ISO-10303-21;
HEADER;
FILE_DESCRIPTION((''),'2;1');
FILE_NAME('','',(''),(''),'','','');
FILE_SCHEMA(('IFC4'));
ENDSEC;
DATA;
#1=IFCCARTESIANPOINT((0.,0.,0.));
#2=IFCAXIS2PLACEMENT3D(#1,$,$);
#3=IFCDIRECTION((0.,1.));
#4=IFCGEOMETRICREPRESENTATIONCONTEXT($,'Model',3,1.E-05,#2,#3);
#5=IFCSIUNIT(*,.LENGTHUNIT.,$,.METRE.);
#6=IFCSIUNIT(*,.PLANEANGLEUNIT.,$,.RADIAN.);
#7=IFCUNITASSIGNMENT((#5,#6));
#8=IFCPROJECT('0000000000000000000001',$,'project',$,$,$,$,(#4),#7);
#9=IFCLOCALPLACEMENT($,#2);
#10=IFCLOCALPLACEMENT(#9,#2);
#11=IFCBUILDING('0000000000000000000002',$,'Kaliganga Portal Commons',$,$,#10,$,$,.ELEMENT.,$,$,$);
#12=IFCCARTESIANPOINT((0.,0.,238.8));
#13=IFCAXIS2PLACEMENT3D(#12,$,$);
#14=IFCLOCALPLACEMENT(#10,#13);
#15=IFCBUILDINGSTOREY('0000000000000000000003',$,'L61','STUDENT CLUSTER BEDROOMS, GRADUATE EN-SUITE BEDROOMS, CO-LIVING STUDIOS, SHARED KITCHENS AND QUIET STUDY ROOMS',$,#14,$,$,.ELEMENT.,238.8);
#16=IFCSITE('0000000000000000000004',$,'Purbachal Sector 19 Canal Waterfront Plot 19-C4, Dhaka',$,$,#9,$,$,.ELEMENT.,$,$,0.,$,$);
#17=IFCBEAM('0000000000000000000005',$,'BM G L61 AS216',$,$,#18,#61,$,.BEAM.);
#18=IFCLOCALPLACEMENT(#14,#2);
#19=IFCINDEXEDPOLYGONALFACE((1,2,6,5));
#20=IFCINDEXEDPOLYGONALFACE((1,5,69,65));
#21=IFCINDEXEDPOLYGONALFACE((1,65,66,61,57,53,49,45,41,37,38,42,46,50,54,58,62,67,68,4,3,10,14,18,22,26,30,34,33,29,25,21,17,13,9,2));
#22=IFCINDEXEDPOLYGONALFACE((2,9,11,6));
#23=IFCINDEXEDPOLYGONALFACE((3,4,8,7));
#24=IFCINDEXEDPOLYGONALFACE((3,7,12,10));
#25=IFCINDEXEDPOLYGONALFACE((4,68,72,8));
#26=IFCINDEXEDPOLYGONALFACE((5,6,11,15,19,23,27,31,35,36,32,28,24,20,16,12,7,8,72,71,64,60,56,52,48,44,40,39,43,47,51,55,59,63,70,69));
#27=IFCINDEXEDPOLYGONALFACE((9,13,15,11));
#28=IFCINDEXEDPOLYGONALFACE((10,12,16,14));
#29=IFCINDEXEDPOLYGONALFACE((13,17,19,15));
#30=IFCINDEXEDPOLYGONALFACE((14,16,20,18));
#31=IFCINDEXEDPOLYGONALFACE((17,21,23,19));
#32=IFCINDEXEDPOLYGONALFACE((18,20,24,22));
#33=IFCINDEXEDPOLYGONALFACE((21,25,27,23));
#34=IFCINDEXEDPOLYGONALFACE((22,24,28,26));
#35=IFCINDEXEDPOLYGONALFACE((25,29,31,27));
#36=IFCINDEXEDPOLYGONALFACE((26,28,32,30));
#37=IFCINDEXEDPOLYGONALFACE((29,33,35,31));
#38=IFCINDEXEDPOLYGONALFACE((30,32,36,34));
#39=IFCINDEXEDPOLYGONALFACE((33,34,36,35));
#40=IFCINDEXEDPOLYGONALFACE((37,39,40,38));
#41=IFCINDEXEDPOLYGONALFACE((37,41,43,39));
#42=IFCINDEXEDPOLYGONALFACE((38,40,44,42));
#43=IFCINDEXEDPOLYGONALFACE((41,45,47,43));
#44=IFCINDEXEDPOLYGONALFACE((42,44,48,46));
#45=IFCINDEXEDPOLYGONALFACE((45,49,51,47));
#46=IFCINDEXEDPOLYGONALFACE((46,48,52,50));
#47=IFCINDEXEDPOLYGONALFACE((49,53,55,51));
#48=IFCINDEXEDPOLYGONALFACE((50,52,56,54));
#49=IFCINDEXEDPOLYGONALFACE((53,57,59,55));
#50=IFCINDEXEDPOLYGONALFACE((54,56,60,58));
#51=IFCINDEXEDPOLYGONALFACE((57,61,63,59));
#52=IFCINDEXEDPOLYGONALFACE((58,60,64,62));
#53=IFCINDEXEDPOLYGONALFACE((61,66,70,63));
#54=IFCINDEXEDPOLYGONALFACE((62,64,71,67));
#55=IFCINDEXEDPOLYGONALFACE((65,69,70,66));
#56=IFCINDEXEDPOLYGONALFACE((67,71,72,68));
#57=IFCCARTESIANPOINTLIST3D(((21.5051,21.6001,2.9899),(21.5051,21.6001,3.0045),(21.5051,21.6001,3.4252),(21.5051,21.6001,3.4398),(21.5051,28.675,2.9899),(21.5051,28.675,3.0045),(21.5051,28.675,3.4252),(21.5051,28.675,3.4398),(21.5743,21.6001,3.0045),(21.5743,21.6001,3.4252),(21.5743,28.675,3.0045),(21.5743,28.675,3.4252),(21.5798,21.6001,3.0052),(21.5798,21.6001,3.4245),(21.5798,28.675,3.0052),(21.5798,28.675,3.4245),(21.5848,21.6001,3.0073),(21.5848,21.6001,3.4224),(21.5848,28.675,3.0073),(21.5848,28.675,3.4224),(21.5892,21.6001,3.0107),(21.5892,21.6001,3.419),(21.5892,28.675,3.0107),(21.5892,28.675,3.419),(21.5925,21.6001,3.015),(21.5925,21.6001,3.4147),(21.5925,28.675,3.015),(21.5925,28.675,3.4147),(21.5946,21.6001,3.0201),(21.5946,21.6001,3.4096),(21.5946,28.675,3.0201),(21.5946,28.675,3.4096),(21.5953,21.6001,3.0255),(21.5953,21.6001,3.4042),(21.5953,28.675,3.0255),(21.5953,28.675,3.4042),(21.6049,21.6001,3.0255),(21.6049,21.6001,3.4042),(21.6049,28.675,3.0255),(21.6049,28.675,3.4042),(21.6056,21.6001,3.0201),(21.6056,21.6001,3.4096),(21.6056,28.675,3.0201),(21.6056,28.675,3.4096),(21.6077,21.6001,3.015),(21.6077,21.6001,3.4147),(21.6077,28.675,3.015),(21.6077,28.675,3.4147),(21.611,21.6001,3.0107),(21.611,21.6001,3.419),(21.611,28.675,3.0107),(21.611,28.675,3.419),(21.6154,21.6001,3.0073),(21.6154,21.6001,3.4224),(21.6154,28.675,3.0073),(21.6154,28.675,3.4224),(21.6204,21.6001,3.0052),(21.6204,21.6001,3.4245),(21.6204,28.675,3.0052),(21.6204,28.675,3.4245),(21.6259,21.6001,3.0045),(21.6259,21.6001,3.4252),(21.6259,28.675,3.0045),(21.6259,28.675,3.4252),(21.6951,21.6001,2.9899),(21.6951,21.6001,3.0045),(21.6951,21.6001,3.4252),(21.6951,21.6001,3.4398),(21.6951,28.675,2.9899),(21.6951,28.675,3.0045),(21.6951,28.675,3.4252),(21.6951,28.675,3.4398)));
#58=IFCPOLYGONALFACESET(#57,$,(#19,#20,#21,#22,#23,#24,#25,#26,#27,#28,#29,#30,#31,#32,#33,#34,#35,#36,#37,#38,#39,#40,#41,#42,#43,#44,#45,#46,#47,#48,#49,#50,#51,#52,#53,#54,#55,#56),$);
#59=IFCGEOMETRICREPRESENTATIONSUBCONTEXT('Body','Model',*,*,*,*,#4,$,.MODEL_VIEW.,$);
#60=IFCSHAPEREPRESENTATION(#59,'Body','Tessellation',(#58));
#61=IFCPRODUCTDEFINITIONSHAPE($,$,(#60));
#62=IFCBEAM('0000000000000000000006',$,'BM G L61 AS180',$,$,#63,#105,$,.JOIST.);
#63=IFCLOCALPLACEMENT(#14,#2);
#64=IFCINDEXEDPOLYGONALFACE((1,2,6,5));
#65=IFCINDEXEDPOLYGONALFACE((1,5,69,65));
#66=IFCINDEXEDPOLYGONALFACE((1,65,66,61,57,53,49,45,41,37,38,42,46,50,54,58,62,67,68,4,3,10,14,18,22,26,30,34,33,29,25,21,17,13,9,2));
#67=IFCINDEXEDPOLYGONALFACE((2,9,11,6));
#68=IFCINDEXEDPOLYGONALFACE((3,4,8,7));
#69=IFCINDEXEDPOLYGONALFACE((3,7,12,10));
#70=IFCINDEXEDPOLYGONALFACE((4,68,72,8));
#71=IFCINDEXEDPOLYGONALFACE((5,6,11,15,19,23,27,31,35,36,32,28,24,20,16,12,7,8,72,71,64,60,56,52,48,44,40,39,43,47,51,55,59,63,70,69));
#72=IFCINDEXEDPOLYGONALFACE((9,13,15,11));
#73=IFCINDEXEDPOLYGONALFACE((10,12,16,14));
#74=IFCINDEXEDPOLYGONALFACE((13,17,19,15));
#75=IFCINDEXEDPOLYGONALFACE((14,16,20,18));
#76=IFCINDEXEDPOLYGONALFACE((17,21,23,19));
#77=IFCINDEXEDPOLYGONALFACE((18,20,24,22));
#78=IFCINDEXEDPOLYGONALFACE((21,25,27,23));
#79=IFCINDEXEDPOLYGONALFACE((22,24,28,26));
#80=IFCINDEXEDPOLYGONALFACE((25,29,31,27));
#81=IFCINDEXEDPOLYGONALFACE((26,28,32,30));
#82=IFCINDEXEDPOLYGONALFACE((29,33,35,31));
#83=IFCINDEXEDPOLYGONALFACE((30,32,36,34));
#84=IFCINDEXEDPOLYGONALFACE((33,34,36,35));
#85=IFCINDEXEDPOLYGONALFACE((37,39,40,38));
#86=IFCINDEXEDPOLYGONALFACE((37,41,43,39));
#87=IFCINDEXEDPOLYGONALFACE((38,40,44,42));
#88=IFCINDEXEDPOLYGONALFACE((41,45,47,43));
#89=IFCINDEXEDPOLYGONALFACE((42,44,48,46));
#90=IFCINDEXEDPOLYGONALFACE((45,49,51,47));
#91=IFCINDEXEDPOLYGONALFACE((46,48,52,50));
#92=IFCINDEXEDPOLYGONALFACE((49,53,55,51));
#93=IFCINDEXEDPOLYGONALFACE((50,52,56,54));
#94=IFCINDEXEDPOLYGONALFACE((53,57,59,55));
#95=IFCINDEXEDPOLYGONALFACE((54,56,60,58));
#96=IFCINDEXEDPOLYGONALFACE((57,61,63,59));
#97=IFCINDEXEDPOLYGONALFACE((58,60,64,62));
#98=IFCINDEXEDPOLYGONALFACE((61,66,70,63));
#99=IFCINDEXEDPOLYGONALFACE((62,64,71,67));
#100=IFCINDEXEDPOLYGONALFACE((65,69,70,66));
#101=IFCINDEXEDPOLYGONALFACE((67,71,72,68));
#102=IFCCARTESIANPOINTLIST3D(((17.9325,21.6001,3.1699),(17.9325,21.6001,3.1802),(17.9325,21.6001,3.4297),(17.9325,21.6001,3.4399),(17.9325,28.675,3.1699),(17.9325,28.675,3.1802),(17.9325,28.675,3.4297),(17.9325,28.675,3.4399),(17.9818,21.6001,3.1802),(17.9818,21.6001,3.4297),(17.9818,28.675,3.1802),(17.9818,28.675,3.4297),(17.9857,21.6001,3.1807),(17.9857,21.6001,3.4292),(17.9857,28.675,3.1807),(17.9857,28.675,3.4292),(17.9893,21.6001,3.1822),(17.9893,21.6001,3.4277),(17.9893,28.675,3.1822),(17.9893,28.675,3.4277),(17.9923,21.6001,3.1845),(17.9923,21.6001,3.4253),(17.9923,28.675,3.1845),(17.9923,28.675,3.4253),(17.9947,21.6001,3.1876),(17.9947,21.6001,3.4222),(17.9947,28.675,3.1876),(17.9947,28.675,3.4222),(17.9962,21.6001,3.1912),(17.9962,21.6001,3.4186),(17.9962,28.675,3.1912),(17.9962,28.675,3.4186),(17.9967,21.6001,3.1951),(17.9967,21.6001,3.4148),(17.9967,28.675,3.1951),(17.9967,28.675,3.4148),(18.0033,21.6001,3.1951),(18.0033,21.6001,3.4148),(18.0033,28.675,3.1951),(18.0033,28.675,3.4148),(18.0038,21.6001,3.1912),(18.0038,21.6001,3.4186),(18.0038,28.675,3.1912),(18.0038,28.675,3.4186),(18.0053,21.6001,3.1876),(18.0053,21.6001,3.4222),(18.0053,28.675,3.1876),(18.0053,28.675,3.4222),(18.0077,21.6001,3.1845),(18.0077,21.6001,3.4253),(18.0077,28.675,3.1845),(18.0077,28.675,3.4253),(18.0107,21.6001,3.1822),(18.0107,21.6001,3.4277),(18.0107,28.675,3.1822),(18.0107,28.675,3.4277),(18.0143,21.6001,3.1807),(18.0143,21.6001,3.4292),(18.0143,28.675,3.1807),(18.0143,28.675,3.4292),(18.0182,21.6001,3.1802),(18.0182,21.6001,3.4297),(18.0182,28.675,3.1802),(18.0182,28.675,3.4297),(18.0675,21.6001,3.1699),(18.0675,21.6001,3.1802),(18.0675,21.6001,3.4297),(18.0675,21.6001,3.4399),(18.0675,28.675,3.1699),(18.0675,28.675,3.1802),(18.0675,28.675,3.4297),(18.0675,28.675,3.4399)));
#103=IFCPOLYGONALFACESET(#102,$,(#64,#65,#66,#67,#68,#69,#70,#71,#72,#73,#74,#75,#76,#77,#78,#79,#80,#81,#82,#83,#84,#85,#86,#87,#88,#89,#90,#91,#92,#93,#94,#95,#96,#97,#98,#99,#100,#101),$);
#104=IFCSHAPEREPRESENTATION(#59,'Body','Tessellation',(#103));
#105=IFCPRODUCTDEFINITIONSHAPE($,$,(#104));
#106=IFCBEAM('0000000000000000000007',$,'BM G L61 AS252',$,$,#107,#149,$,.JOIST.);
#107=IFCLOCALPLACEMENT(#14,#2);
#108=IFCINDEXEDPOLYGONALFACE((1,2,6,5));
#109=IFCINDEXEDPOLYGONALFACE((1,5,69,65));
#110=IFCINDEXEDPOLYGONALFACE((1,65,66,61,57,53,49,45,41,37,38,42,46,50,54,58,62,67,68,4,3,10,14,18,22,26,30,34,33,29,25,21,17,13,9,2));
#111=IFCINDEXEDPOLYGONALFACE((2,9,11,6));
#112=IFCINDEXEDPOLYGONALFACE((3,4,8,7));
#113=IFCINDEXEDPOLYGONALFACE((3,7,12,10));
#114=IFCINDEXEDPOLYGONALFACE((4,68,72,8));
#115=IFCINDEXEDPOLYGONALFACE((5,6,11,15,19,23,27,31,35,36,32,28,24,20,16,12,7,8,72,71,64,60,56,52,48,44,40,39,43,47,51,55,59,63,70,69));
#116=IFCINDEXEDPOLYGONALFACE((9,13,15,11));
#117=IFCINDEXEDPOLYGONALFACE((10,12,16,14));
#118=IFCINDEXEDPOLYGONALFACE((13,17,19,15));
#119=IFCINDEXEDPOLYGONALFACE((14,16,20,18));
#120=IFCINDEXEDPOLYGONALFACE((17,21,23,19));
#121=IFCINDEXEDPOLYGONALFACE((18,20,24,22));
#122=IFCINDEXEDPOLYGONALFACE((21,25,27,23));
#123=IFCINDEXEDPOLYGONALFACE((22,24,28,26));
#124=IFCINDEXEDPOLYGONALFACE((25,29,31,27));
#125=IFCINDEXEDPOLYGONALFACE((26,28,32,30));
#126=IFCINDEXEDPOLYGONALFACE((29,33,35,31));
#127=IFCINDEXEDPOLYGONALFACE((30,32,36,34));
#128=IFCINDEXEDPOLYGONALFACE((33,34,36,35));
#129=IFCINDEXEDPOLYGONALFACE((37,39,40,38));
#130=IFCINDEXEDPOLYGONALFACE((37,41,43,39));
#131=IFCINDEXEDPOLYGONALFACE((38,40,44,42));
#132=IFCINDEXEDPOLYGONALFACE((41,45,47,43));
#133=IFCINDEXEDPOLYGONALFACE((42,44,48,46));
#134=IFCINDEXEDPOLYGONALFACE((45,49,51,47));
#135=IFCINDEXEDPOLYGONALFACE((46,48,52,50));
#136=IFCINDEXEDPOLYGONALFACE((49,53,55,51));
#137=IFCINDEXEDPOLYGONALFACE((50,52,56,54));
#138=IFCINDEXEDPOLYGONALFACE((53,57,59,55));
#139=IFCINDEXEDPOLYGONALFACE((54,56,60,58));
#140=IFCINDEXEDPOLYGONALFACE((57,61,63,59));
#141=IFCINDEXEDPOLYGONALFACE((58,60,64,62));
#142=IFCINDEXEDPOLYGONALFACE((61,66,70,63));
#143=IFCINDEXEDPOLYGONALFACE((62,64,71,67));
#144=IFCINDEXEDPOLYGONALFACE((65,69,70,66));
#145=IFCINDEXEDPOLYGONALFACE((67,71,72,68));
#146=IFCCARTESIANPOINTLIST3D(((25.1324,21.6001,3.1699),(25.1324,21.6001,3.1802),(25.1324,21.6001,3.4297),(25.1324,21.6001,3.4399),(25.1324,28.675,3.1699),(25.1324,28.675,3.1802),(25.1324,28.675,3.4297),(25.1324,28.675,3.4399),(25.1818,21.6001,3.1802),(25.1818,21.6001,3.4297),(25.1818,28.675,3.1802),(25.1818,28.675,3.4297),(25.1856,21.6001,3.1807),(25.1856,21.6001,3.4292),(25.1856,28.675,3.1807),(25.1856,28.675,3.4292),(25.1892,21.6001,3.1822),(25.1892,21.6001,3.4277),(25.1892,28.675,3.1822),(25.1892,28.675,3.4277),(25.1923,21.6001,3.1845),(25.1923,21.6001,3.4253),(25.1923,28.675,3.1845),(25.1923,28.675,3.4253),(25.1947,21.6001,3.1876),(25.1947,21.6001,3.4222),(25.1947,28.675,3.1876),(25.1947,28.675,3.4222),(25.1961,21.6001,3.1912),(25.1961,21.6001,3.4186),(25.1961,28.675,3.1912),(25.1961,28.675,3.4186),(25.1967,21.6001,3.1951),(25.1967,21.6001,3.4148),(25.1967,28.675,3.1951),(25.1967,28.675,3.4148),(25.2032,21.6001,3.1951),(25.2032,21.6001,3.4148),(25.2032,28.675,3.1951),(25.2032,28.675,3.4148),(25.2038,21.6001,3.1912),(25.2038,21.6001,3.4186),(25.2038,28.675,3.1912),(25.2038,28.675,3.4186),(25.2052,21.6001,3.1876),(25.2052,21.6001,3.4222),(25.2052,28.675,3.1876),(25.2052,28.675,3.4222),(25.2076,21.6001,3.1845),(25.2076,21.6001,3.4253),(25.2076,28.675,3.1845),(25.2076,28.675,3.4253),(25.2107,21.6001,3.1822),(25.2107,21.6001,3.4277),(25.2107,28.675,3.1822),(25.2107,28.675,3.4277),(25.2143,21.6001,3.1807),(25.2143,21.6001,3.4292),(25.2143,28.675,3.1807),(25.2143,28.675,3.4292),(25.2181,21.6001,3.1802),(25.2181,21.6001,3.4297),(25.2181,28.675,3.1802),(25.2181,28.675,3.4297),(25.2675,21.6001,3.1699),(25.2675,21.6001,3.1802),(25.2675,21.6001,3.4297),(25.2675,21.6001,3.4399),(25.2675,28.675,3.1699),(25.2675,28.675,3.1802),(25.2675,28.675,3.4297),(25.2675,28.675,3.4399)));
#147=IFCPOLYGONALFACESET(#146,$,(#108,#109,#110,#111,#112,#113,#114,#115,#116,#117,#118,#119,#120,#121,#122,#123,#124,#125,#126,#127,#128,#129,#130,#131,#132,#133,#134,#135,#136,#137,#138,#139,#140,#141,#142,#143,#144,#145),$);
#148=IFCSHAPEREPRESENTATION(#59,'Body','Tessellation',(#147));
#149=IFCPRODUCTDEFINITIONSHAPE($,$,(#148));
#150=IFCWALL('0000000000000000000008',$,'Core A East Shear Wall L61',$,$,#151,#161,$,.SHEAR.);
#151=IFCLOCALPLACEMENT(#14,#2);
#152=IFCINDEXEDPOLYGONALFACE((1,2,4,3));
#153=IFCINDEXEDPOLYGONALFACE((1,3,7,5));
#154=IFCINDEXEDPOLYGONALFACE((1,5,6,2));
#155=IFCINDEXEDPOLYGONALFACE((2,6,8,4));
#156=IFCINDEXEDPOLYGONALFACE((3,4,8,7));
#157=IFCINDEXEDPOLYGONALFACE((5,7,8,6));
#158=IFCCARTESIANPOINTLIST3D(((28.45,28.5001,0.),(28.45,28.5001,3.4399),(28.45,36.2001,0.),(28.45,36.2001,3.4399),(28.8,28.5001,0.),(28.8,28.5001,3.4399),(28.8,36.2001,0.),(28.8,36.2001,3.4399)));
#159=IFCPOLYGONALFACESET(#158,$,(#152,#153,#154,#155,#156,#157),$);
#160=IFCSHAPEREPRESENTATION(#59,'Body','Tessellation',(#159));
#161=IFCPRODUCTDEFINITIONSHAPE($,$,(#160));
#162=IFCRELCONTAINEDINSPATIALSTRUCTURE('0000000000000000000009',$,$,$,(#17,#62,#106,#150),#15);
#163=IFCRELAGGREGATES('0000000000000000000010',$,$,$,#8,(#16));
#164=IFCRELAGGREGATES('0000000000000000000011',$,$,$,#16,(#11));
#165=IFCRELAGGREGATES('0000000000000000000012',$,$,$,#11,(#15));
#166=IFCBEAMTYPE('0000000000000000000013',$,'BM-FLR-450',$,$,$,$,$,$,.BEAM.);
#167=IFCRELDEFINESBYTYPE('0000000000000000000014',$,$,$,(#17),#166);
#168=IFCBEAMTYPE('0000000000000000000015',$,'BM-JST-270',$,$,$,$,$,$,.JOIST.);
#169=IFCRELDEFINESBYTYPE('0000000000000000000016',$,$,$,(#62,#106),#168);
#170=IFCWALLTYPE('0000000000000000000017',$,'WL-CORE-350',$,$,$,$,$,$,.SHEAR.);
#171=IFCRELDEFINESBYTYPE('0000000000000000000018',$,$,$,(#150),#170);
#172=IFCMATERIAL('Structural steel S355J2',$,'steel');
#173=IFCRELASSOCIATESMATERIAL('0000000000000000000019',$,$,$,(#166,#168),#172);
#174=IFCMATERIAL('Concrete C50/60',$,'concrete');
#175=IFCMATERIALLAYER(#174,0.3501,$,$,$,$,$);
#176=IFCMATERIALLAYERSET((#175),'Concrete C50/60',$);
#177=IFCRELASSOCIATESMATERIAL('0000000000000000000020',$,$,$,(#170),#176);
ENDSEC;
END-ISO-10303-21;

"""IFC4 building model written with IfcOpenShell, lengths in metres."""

from ifc_helpers import new_model, si_unit, direction, frame, frame_2d, origin, origin_2d, place, context, subcontext, project, spatial, rectangle, i_section, extrude, source, transform, mapped, material, layer, layer_set, material_profile, profile_set, type_object, element, save


model = new_model("IFC4")

# Units and contexts
model_context = context("Model", 3, precision=1e-05, world=origin(), true_north=direction((0.0, 1.0)))
body_context = subcontext(model_context, "Body", "Model", "MODEL_VIEW")
ifc_project = project(units=[si_unit("LENGTHUNIT", "METRE"), si_unit("PLANEANGLEUNIT", "RADIAN")], contexts=[model_context])

# Site, building, storey
site_placement = place(None, origin())
site = spatial("IfcSite", under=ifc_project, at=site_placement, Name="Purbachal Sector 19 Canal Waterfront Plot 19-C4, Dhaka", CompositionType="ELEMENT", RefElevation=0.0)
building_placement = place(site_placement, origin())
building = spatial("IfcBuilding", under=site, at=building_placement, Name="Kaliganga Portal Commons", CompositionType="ELEMENT")
storey_placement = place(building_placement, frame((0.0, 0.0, 238.8)))
storey = spatial("IfcBuildingStorey", under=building, at=storey_placement, Name="L61", Description="STUDENT CLUSTER BEDROOMS, GRADUATE EN-SUITE BEDROOMS, CO-LIVING STUDIOS, SHARED KITCHENS AND QUIET STUDY ROOMS", CompositionType="ELEMENT", Elevation=238.8)

# Shared definitions
ifc_material_1 = material(Name="Concrete C50/60", Category="concrete")
ifc_material_2 = material(Name="Structural steel S355J2", Category="steel")

# Beams
ifc_material_profile_1 = material_profile(ifc_material_2, i_section(OverallWidth=0.1899, OverallDepth=0.45, WebThickness=0.0095, FlangeThickness=0.0146, FilletRadius=0.021, at=origin_2d()), Name="IPE 450")
ifc_profile_set_1 = profile_set([ifc_material_profile_1], Name="Structural steel S355J2 wide-flange")
beam_type_1 = type_object("IfcBeamType", Name="BM-FLR-450", PredefinedType="BEAM", material=ifc_profile_set_1)
shared_shape_1 = source(origin(), body_context, "Body", "SweptSolid", [
    extrude(i_section(OverallWidth=0.1899, OverallDepth=0.45, WebThickness=0.0095, FlangeThickness=0.0146, FilletRadius=0.021, at=origin_2d()), origin(), (0.0, 0.0, 1.0), 7.075),
])
beam_1_placement = place(storey_placement, frame((21.6001, 21.6001, 3.2148), z_axis=(0.0, 1.0, 0.0), x_axis=(-1.0, 0.0, 0.0)))
element("IfcBeam", 1, at=beam_1_placement, inside=storey, type_object=beam_type_1, Name="BM G L61 AS216", PredefinedType="BEAM", context=body_context, shape_type="MappedRepresentation", body=[
    mapped(shared_shape_1, transform((0.0, 0.0, 0.0), x_axis=(1.0, 0.0, 0.0), y_axis=(0.0, 1.0, 0.0), z_axis=(0.0, 0.0, 1.0), scale=1.0)),
])
ifc_material_profile_2 = material_profile(ifc_material_2, i_section(OverallWidth=0.135, OverallDepth=0.27, WebThickness=0.0066, FlangeThickness=0.0103, FilletRadius=0.0149, at=origin_2d()), Name="IPE 270")
ifc_profile_set_2 = profile_set([ifc_material_profile_2], Name="Structural steel S355J2 wide-flange")
beam_type_2 = type_object("IfcBeamType", Name="BM-JST-270", PredefinedType="JOIST", material=ifc_profile_set_2)
shared_shape_2 = source(origin(), body_context, "Body", "SweptSolid", [
    extrude(i_section(OverallWidth=0.135, OverallDepth=0.27, WebThickness=0.0066, FlangeThickness=0.0103, FilletRadius=0.0149, at=origin_2d()), origin(), (0.0, 0.0, 1.0), 7.075),
])
for number, where, z_axis, x_axis, name in (
    (2, (18.0, 21.6001, 3.3049), (0.0, 1.0, 0.0), (-1.0, 0.0, 0.0), "BM G L61 AS180"),
    (3, (25.2, 21.6001, 3.3049), (0.0, 1.0, 0.0), (-1.0, 0.0, 0.0), "BM G L61 AS252"),
):
    element("IfcBeam", number, at=place(storey_placement, frame(where, z_axis=z_axis, x_axis=x_axis)), inside=storey, type_object=beam_type_2, Name=name, PredefinedType="JOIST", context=body_context, shape_type="MappedRepresentation", body=[
        mapped(shared_shape_2, transform((0.0, 0.0, 0.0), x_axis=(1.0, 0.0, 0.0), y_axis=(0.0, 1.0, 0.0), z_axis=(0.0, 0.0, 1.0), scale=1.0)),
    ])

# Wall
ifc_layer_1 = layer(ifc_material_1, 0.3501)
ifc_layer_set_1 = layer_set([ifc_layer_1], Name="Concrete C50/60")
wall_type_1 = type_object("IfcWallType", Name="WL-CORE-350", PredefinedType="SHEAR", material=ifc_layer_set_1)
wall_1_placement = place(storey_placement, frame((28.625, 28.5, 0.0), z_axis=(0.0, 0.0, 1.0), x_axis=(0.0, 1.0, 0.0)))
element("IfcWall", 4, at=wall_1_placement, inside=storey, type_object=wall_type_1, Name="Core A East Shear Wall L61", PredefinedType="SHEAR", context=body_context, shape_type="SweptSolid", body=[
    extrude(rectangle(XDim=7.7, YDim=0.3501, at=frame_2d((3.8501, 0.0))), origin(), (0.0, 0.0, 1.0), 3.4399),
])

save(model, "model.ifc")
